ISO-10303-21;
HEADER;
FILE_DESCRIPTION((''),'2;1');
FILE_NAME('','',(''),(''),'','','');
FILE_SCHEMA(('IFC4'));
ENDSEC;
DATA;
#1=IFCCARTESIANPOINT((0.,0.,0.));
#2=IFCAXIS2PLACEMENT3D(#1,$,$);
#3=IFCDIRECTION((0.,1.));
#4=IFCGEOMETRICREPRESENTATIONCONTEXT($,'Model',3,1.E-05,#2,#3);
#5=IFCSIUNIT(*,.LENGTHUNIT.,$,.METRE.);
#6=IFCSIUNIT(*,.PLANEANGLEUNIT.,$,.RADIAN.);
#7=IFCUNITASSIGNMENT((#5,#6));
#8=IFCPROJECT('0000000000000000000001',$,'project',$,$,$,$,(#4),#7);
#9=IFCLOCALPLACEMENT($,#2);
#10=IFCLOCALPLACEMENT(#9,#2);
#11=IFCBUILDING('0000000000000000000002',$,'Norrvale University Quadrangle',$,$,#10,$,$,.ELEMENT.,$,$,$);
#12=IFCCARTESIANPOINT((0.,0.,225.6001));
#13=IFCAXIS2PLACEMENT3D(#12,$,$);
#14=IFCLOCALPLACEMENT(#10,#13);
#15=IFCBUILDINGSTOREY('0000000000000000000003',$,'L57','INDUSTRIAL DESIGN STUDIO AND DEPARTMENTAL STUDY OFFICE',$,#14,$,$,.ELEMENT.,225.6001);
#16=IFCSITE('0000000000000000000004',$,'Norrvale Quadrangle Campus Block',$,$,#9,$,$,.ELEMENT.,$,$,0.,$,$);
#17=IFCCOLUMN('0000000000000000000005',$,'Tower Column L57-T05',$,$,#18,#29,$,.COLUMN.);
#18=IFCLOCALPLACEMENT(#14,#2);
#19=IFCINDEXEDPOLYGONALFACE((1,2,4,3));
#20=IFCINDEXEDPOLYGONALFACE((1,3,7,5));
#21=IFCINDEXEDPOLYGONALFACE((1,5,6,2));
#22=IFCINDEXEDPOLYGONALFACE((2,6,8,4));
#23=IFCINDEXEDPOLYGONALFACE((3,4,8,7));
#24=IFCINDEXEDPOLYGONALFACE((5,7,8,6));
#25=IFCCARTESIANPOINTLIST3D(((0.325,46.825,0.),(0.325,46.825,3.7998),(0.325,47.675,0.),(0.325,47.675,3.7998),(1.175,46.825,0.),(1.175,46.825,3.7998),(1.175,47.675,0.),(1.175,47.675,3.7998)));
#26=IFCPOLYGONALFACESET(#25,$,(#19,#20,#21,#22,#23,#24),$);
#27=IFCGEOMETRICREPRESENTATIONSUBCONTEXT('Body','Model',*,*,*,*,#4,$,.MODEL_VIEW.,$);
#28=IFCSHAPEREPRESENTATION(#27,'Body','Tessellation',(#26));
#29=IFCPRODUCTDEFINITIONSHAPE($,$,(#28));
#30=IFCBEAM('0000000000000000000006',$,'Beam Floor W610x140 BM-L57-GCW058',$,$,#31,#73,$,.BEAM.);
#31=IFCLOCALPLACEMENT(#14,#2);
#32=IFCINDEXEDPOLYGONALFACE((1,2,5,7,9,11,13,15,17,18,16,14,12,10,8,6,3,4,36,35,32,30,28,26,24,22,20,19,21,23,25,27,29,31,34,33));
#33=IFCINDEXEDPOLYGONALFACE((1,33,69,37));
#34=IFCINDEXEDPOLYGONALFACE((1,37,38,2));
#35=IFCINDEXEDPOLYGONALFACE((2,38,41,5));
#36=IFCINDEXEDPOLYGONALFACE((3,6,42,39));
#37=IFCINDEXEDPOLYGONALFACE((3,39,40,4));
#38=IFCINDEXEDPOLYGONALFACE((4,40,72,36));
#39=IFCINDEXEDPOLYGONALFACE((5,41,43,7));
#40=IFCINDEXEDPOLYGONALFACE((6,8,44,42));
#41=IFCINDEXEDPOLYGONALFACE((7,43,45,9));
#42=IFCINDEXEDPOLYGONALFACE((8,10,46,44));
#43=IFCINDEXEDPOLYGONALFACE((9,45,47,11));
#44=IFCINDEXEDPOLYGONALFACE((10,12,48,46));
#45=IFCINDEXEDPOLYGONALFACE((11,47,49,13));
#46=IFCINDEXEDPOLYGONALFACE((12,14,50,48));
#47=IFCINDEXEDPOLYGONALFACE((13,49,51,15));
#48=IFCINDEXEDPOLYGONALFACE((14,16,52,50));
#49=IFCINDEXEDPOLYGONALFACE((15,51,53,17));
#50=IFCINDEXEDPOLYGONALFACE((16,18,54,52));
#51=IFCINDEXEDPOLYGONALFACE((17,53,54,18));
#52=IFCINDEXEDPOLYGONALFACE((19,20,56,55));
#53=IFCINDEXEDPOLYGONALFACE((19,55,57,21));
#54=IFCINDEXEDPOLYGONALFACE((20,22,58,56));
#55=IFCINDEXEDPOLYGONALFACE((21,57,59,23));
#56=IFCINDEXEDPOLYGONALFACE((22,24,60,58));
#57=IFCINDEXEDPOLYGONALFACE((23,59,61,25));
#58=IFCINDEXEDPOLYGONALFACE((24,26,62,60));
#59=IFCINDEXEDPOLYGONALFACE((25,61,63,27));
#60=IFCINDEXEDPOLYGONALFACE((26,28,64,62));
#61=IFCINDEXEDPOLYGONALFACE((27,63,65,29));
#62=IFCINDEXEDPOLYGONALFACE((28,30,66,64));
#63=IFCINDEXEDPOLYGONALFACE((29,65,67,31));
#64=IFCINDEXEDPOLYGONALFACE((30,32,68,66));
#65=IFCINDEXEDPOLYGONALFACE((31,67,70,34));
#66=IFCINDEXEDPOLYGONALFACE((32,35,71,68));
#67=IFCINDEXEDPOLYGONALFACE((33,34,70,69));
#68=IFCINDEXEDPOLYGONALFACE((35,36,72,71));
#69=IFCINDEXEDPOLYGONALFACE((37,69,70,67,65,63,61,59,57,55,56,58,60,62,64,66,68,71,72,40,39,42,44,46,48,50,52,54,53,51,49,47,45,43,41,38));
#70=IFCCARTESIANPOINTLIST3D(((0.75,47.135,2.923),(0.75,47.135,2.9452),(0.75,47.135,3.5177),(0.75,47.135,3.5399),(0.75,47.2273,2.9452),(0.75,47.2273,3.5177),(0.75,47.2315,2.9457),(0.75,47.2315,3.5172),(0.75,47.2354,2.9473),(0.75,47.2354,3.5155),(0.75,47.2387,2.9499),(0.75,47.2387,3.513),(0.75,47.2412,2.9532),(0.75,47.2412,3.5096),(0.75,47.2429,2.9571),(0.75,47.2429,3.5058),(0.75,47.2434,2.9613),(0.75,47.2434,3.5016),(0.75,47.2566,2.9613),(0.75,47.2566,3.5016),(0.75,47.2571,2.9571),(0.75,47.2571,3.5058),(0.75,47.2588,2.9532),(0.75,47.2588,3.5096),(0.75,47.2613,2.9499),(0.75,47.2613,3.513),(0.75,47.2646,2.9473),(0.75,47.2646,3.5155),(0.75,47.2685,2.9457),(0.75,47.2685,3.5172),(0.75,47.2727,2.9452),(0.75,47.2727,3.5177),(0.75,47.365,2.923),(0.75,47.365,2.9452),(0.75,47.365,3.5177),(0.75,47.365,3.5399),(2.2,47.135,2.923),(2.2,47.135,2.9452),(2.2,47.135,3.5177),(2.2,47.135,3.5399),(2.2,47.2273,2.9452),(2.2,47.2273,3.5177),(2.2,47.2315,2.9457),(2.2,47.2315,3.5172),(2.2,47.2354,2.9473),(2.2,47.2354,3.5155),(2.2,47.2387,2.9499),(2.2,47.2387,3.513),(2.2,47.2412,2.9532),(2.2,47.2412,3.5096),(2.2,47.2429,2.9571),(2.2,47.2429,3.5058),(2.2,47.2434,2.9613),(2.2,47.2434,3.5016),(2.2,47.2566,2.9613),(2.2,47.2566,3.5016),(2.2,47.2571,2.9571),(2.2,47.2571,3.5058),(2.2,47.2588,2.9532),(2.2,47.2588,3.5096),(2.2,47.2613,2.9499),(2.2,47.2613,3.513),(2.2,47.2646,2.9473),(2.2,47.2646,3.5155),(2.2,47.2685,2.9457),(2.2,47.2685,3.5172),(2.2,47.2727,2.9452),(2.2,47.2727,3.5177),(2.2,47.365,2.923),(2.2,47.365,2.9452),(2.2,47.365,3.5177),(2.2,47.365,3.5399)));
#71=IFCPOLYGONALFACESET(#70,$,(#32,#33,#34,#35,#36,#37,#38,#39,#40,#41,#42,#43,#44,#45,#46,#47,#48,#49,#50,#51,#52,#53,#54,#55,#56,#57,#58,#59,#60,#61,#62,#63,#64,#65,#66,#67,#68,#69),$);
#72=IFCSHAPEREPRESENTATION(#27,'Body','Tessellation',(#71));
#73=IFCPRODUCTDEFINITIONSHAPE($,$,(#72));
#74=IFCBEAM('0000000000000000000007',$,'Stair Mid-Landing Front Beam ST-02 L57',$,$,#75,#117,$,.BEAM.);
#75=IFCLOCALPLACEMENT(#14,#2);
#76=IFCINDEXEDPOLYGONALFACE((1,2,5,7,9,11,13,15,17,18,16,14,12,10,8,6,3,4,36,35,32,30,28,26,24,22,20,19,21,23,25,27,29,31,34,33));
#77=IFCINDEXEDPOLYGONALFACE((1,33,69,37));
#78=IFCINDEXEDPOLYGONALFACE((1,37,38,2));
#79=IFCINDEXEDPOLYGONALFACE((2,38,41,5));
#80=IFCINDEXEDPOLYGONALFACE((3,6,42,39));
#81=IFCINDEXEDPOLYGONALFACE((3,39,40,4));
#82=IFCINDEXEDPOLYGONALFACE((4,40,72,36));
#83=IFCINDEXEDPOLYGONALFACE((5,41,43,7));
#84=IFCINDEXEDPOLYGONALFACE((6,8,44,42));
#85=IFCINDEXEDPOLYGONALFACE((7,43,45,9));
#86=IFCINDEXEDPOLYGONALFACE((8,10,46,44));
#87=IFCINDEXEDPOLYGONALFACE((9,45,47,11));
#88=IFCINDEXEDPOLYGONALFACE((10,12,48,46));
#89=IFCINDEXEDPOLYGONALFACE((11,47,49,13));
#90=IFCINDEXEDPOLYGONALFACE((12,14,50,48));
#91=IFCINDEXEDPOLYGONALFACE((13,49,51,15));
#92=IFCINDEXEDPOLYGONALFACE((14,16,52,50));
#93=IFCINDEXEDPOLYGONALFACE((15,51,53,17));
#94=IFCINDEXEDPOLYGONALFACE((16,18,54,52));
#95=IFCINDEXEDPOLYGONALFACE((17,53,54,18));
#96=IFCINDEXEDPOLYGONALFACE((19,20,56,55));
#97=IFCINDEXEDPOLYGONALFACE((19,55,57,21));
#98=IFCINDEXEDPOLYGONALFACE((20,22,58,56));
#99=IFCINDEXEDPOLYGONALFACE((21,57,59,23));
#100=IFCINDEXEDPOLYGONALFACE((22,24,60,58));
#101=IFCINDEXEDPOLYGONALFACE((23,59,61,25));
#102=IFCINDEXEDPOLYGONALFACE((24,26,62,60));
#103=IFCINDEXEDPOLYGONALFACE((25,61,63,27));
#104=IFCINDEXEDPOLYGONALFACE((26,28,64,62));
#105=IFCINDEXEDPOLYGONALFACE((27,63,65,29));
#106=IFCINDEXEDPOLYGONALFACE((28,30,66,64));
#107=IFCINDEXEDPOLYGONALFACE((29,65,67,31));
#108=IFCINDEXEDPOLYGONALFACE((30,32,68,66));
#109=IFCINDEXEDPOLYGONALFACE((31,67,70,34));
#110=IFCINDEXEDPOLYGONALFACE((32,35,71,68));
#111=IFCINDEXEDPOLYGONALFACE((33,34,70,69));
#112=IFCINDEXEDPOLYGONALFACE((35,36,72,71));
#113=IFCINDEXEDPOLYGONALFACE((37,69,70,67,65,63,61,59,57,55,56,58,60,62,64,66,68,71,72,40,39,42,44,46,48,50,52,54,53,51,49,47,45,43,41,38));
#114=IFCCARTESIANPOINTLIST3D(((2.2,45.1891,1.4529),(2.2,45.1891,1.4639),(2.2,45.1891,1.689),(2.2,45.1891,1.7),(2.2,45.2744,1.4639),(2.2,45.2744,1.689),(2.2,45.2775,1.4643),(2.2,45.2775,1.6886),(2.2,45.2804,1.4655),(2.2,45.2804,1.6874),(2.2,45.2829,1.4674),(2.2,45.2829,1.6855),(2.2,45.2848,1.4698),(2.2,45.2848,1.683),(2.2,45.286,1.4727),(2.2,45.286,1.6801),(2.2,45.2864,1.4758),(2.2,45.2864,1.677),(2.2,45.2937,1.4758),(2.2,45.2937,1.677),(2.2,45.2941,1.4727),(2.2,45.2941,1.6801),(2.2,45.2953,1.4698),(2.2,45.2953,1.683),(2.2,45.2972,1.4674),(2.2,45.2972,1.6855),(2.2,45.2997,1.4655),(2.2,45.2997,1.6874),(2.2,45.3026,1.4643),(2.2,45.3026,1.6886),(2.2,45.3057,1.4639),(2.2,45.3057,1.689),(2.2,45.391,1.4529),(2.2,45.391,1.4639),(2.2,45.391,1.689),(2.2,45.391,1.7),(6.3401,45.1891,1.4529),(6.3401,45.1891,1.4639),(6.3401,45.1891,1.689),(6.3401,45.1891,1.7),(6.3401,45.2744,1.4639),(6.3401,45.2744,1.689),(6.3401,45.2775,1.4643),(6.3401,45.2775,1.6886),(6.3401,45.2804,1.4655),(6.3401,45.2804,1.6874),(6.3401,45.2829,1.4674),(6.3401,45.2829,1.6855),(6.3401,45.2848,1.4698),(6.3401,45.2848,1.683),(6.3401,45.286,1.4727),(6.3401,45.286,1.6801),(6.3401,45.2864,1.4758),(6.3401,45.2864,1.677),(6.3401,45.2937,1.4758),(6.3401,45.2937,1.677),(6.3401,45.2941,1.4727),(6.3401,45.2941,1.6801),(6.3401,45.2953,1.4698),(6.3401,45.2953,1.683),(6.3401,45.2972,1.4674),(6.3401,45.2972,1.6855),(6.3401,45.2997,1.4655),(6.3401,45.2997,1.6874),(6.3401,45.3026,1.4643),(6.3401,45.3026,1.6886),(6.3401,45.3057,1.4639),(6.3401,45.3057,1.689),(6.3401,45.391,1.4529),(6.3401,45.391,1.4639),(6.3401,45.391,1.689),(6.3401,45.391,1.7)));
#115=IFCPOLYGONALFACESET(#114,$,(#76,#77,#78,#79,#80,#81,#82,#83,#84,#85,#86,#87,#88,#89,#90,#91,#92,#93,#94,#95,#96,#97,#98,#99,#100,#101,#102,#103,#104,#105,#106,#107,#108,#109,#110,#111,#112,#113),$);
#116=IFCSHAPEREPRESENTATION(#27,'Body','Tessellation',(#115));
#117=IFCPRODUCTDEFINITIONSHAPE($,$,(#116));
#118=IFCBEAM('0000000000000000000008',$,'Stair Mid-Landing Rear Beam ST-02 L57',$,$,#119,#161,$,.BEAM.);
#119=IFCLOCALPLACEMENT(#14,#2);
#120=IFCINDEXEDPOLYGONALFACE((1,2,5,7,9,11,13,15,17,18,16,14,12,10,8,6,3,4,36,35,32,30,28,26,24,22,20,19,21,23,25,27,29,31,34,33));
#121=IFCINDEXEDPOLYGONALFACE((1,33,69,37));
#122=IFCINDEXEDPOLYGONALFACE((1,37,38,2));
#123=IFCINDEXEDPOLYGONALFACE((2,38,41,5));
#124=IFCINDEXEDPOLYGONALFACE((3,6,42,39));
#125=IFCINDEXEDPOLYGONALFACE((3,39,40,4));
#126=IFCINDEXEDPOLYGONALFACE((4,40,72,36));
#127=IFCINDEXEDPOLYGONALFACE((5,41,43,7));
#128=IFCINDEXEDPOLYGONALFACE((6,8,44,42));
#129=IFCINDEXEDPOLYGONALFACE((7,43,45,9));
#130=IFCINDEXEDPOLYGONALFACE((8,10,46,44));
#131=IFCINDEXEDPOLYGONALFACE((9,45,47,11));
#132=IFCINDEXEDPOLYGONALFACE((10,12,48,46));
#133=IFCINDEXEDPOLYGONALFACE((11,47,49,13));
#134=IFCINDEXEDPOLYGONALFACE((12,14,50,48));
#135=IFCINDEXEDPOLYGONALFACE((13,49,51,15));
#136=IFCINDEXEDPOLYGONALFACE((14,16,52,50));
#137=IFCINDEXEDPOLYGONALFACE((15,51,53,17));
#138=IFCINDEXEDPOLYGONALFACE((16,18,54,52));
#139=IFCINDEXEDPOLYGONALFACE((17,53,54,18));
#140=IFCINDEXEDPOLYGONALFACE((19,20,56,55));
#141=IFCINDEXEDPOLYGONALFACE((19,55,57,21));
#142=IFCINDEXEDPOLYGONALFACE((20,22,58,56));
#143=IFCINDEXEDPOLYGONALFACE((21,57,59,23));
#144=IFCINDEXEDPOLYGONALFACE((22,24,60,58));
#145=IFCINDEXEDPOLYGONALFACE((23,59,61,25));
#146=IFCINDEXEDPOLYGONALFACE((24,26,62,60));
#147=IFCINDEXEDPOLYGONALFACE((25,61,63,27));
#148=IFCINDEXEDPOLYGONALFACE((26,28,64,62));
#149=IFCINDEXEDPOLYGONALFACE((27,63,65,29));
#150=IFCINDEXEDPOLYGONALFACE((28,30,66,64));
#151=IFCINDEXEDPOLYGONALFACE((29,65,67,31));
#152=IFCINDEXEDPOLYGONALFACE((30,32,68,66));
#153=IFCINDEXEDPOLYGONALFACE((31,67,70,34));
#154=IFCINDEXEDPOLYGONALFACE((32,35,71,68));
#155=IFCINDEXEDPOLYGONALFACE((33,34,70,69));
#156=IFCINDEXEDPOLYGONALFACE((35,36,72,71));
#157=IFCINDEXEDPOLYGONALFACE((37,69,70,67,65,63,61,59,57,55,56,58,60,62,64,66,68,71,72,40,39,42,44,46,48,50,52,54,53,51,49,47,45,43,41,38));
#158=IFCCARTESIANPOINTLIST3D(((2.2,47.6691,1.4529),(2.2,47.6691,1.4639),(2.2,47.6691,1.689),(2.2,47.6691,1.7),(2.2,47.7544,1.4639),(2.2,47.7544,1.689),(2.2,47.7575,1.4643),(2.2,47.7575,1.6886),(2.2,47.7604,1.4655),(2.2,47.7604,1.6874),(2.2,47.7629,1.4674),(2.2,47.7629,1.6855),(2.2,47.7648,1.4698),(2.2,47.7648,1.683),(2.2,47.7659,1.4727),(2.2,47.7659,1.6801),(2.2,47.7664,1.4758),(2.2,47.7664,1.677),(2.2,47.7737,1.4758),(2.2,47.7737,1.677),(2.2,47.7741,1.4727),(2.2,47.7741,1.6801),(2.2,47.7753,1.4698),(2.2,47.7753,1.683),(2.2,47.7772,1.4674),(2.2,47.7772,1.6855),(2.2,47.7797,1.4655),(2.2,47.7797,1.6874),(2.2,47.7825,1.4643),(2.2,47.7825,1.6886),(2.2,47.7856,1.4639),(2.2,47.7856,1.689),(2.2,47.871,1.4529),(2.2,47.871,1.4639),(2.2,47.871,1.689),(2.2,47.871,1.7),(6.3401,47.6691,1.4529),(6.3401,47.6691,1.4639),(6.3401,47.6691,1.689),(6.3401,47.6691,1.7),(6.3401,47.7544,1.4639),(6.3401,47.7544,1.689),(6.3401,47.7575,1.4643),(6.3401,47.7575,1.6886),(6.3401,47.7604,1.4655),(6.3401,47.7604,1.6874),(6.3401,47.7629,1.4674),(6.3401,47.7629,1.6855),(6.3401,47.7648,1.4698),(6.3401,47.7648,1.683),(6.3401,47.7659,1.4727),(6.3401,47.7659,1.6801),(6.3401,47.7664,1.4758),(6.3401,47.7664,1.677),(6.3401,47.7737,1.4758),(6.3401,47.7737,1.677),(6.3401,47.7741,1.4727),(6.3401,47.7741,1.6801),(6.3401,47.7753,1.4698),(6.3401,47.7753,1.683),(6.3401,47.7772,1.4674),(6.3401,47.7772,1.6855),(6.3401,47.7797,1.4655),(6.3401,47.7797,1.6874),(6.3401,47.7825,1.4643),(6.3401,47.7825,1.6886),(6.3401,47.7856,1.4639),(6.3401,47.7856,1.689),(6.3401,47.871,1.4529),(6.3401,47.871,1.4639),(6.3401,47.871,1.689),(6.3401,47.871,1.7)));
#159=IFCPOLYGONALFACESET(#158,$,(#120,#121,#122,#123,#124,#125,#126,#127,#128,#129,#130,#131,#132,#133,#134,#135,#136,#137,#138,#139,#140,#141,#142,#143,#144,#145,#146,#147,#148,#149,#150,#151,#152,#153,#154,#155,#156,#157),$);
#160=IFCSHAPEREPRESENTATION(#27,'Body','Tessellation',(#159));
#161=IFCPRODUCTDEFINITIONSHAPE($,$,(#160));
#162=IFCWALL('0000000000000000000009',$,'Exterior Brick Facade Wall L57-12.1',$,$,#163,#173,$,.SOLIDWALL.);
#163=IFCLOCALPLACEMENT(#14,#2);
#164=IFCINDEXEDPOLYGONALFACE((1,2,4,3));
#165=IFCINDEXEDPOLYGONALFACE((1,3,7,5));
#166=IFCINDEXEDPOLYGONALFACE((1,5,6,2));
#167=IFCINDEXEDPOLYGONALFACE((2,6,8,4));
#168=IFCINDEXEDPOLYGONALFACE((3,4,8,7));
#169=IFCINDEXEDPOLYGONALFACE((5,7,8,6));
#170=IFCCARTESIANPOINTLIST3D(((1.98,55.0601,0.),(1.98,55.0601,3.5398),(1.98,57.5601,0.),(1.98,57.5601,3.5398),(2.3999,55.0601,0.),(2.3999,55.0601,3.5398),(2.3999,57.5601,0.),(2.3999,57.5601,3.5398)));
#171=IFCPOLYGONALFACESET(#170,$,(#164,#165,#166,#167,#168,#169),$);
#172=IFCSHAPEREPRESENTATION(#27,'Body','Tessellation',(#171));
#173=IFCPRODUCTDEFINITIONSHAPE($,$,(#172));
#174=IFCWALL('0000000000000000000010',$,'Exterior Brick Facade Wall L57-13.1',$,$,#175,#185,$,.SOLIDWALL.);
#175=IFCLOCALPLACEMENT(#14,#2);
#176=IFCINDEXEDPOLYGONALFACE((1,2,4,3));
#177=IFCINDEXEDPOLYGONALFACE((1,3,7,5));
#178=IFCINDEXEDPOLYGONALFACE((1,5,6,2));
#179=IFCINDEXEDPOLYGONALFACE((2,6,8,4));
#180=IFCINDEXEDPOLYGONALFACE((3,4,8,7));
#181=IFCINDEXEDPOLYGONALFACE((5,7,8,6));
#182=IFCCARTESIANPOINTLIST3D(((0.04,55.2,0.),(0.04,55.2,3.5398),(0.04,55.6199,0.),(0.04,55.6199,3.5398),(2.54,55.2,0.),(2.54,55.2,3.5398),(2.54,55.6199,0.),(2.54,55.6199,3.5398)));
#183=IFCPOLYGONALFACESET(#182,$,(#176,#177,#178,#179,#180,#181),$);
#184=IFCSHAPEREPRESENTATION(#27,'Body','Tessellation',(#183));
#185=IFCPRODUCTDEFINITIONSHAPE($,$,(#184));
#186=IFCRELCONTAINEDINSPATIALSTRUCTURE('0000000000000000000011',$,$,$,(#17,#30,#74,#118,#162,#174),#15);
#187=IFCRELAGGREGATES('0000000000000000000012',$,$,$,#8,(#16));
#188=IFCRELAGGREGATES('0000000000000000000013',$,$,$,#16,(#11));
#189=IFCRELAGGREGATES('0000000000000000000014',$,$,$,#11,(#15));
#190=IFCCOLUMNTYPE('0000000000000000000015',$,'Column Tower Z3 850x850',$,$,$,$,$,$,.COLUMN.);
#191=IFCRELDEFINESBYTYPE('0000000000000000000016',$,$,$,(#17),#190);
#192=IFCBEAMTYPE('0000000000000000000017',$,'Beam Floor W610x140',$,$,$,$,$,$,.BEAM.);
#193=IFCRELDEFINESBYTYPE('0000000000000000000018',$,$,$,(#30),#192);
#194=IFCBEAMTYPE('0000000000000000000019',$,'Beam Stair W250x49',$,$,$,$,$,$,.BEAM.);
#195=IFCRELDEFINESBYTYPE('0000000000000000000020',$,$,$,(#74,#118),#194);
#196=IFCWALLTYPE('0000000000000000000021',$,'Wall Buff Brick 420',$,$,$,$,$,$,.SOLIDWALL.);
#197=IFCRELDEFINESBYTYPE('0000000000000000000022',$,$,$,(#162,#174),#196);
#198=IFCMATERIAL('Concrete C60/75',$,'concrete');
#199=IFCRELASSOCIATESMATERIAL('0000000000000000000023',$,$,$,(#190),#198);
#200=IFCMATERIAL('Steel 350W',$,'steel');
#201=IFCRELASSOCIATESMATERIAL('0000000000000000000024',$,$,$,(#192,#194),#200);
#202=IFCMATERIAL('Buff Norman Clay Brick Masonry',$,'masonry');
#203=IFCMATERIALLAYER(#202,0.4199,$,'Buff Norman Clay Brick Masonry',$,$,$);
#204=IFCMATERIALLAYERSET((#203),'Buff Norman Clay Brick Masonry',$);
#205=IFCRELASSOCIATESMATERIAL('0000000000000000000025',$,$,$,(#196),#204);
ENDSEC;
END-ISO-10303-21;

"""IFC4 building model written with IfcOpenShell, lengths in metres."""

from ifc_helpers import new_model, si_unit, direction, frame, frame_2d, origin, origin_2d, place, context, subcontext, project, spatial, rectangle, i_section, extrude, material, layer, layer_set, material_profile, profile_set, type_object, element, save


model = new_model("IFC4")

# Units and contexts
model_context = context("Model", 3, precision=1e-05, world=origin(), true_north=direction((0.0, 1.0)))
body_context = subcontext(model_context, "Body", "Model", "MODEL_VIEW")
ifc_project = project(units=[si_unit("LENGTHUNIT", "METRE"), si_unit("PLANEANGLEUNIT", "RADIAN")], contexts=[model_context])

# Site, building, storey
site_placement = place(None, origin())
site = spatial("IfcSite", under=ifc_project, at=site_placement, Name="Norrvale Quadrangle Campus Block", CompositionType="ELEMENT", RefElevation=0.0)
building_placement = place(site_placement, origin())
building = spatial("IfcBuilding", under=site, at=building_placement, Name="Norrvale University Quadrangle", CompositionType="ELEMENT")
storey_placement = place(building_placement, frame((0.0, 0.0, 225.6001)))
storey = spatial("IfcBuildingStorey", under=building, at=storey_placement, Name="L57", Description="INDUSTRIAL DESIGN STUDIO AND DEPARTMENTAL STUDY OFFICE", CompositionType="ELEMENT", Elevation=225.6001)

# Column
ifc_material_1 = material(Name="Concrete C60/75", Category="concrete")
ifc_material_profile_1 = material_profile(ifc_material_1, rectangle(XDim=0.8501, YDim=0.8501, at=origin_2d()), Name="Concrete C60/75")
ifc_profile_set_1 = profile_set([ifc_material_profile_1], Name="Concrete C60/75")
column_type = type_object("IfcColumnType", Name="Column Tower Z3 850x850", PredefinedType="COLUMN", material=ifc_profile_set_1)
column_placement = place(storey_placement, frame((0.75, 47.25, 0.0), z_axis=(0.0, 0.0, 1.0), x_axis=(1.0, 0.0, 0.0)))
element("IfcColumn", 1, at=column_placement, inside=storey, type_object=column_type, Name="Tower Column L57-T05", PredefinedType="COLUMN", context=body_context, shape_type="SweptSolid", body=[
    extrude(rectangle(XDim=0.8501, YDim=0.8501, at=origin_2d()), origin(), (0.0, 0.0, 1.0), 3.7998),
])

# Beams
ifc_material_2 = material(Name="Steel 350W", Category="steel")
ifc_material_profile_2 = material_profile(ifc_material_2, i_section(OverallWidth=0.23, OverallDepth=0.6169, WebThickness=0.0132, FlangeThickness=0.0222, FilletRadius=0.0161, at=origin_2d()), Name="Steel 350W")
ifc_profile_set_2 = profile_set([ifc_material_profile_2], Name="Steel 350W")
beam_type_1 = type_object("IfcBeamType", Name="Beam Floor W610x140", PredefinedType="BEAM", material=ifc_profile_set_2)
beam_placement = place(storey_placement, frame((0.75, 47.25, 3.2314), z_axis=(1.0, 0.0, 0.0), x_axis=(0.0, 1.0, 0.0)))
element("IfcBeam", 2, at=beam_placement, inside=storey, type_object=beam_type_1, Name="Beam Floor W610x140 BM-L57-GCW058", PredefinedType="BEAM", context=body_context, shape_type="SweptSolid", body=[
    extrude(i_section(OverallWidth=0.23, OverallDepth=0.6169, WebThickness=0.0132, FlangeThickness=0.0222, FilletRadius=0.0161, at=origin_2d()), origin(), (0.0, 0.0, 1.0), 1.45),
])
ifc_material_profile_3 = material_profile(ifc_material_2, i_section(OverallWidth=0.2019, OverallDepth=0.2471, WebThickness=0.0073, FlangeThickness=0.011, FilletRadius=0.012, at=origin_2d()), Name="Steel 350W")
ifc_profile_set_3 = profile_set([ifc_material_profile_3], Name="Steel 350W")
beam_type_2 = type_object("IfcBeamType", Name="Beam Stair W250x49", PredefinedType="BEAM", material=ifc_profile_set_3)
for number, where, z_axis, x_axis, name in (
    (3, (2.2, 45.29, 1.5764), (1.0, 0.0, 0.0), (0.0, 1.0, 0.0), "Stair Mid-Landing Front Beam ST-02 L57"),
    (4, (2.2, 47.77, 1.5764), (1.0, 0.0, 0.0), (0.0, 1.0, 0.0), "Stair Mid-Landing Rear Beam ST-02 L57"),
):
    element("IfcBeam", number, at=place(storey_placement, frame(where, z_axis=z_axis, x_axis=x_axis)), inside=storey, type_object=beam_type_2, Name=name, PredefinedType="BEAM", context=body_context, shape_type="SweptSolid", body=[
        extrude(i_section(OverallWidth=0.2019, OverallDepth=0.2471, WebThickness=0.0073, FlangeThickness=0.011, FilletRadius=0.012, at=origin_2d()), origin(), (0.0, 0.0, 1.0), 4.1401),
    ])

# Walls
ifc_material_3 = material(Name="Buff Norman Clay Brick Masonry", Category="masonry")
ifc_layer_1 = layer(ifc_material_3, 0.4199, Name="Buff Norman Clay Brick Masonry")
ifc_layer_set_1 = layer_set([ifc_layer_1], Name="Buff Norman Clay Brick Masonry")
wall_type_1 = type_object("IfcWallType", Name="Wall Buff Brick 420", PredefinedType="SOLIDWALL", material=ifc_layer_set_1)
for number, where, z_axis, x_axis, name in (
    (5, (2.1899, 57.5601, 0.0), (0.0, 0.0, 1.0), (0.0, -1.0, 0.0), "Exterior Brick Facade Wall L57-12.1"),
    (6, (2.54, 55.4099, 0.0), (0.0, 0.0, 1.0), (-1.0, 0.0, 0.0), "Exterior Brick Facade Wall L57-13.1"),
):
    element("IfcWall", number, at=place(storey_placement, frame(where, z_axis=z_axis, x_axis=x_axis)), inside=storey, type_object=wall_type_1, Name=name, PredefinedType="SOLIDWALL", context=body_context, shape_type="SweptSolid", body=[
        extrude(rectangle(XDim=2.5, YDim=0.4199, at=frame_2d((1.25, 0.0))), origin(), (0.0, 0.0, 1.0), 3.5398),
    ])

save(model, "model.ifc")
